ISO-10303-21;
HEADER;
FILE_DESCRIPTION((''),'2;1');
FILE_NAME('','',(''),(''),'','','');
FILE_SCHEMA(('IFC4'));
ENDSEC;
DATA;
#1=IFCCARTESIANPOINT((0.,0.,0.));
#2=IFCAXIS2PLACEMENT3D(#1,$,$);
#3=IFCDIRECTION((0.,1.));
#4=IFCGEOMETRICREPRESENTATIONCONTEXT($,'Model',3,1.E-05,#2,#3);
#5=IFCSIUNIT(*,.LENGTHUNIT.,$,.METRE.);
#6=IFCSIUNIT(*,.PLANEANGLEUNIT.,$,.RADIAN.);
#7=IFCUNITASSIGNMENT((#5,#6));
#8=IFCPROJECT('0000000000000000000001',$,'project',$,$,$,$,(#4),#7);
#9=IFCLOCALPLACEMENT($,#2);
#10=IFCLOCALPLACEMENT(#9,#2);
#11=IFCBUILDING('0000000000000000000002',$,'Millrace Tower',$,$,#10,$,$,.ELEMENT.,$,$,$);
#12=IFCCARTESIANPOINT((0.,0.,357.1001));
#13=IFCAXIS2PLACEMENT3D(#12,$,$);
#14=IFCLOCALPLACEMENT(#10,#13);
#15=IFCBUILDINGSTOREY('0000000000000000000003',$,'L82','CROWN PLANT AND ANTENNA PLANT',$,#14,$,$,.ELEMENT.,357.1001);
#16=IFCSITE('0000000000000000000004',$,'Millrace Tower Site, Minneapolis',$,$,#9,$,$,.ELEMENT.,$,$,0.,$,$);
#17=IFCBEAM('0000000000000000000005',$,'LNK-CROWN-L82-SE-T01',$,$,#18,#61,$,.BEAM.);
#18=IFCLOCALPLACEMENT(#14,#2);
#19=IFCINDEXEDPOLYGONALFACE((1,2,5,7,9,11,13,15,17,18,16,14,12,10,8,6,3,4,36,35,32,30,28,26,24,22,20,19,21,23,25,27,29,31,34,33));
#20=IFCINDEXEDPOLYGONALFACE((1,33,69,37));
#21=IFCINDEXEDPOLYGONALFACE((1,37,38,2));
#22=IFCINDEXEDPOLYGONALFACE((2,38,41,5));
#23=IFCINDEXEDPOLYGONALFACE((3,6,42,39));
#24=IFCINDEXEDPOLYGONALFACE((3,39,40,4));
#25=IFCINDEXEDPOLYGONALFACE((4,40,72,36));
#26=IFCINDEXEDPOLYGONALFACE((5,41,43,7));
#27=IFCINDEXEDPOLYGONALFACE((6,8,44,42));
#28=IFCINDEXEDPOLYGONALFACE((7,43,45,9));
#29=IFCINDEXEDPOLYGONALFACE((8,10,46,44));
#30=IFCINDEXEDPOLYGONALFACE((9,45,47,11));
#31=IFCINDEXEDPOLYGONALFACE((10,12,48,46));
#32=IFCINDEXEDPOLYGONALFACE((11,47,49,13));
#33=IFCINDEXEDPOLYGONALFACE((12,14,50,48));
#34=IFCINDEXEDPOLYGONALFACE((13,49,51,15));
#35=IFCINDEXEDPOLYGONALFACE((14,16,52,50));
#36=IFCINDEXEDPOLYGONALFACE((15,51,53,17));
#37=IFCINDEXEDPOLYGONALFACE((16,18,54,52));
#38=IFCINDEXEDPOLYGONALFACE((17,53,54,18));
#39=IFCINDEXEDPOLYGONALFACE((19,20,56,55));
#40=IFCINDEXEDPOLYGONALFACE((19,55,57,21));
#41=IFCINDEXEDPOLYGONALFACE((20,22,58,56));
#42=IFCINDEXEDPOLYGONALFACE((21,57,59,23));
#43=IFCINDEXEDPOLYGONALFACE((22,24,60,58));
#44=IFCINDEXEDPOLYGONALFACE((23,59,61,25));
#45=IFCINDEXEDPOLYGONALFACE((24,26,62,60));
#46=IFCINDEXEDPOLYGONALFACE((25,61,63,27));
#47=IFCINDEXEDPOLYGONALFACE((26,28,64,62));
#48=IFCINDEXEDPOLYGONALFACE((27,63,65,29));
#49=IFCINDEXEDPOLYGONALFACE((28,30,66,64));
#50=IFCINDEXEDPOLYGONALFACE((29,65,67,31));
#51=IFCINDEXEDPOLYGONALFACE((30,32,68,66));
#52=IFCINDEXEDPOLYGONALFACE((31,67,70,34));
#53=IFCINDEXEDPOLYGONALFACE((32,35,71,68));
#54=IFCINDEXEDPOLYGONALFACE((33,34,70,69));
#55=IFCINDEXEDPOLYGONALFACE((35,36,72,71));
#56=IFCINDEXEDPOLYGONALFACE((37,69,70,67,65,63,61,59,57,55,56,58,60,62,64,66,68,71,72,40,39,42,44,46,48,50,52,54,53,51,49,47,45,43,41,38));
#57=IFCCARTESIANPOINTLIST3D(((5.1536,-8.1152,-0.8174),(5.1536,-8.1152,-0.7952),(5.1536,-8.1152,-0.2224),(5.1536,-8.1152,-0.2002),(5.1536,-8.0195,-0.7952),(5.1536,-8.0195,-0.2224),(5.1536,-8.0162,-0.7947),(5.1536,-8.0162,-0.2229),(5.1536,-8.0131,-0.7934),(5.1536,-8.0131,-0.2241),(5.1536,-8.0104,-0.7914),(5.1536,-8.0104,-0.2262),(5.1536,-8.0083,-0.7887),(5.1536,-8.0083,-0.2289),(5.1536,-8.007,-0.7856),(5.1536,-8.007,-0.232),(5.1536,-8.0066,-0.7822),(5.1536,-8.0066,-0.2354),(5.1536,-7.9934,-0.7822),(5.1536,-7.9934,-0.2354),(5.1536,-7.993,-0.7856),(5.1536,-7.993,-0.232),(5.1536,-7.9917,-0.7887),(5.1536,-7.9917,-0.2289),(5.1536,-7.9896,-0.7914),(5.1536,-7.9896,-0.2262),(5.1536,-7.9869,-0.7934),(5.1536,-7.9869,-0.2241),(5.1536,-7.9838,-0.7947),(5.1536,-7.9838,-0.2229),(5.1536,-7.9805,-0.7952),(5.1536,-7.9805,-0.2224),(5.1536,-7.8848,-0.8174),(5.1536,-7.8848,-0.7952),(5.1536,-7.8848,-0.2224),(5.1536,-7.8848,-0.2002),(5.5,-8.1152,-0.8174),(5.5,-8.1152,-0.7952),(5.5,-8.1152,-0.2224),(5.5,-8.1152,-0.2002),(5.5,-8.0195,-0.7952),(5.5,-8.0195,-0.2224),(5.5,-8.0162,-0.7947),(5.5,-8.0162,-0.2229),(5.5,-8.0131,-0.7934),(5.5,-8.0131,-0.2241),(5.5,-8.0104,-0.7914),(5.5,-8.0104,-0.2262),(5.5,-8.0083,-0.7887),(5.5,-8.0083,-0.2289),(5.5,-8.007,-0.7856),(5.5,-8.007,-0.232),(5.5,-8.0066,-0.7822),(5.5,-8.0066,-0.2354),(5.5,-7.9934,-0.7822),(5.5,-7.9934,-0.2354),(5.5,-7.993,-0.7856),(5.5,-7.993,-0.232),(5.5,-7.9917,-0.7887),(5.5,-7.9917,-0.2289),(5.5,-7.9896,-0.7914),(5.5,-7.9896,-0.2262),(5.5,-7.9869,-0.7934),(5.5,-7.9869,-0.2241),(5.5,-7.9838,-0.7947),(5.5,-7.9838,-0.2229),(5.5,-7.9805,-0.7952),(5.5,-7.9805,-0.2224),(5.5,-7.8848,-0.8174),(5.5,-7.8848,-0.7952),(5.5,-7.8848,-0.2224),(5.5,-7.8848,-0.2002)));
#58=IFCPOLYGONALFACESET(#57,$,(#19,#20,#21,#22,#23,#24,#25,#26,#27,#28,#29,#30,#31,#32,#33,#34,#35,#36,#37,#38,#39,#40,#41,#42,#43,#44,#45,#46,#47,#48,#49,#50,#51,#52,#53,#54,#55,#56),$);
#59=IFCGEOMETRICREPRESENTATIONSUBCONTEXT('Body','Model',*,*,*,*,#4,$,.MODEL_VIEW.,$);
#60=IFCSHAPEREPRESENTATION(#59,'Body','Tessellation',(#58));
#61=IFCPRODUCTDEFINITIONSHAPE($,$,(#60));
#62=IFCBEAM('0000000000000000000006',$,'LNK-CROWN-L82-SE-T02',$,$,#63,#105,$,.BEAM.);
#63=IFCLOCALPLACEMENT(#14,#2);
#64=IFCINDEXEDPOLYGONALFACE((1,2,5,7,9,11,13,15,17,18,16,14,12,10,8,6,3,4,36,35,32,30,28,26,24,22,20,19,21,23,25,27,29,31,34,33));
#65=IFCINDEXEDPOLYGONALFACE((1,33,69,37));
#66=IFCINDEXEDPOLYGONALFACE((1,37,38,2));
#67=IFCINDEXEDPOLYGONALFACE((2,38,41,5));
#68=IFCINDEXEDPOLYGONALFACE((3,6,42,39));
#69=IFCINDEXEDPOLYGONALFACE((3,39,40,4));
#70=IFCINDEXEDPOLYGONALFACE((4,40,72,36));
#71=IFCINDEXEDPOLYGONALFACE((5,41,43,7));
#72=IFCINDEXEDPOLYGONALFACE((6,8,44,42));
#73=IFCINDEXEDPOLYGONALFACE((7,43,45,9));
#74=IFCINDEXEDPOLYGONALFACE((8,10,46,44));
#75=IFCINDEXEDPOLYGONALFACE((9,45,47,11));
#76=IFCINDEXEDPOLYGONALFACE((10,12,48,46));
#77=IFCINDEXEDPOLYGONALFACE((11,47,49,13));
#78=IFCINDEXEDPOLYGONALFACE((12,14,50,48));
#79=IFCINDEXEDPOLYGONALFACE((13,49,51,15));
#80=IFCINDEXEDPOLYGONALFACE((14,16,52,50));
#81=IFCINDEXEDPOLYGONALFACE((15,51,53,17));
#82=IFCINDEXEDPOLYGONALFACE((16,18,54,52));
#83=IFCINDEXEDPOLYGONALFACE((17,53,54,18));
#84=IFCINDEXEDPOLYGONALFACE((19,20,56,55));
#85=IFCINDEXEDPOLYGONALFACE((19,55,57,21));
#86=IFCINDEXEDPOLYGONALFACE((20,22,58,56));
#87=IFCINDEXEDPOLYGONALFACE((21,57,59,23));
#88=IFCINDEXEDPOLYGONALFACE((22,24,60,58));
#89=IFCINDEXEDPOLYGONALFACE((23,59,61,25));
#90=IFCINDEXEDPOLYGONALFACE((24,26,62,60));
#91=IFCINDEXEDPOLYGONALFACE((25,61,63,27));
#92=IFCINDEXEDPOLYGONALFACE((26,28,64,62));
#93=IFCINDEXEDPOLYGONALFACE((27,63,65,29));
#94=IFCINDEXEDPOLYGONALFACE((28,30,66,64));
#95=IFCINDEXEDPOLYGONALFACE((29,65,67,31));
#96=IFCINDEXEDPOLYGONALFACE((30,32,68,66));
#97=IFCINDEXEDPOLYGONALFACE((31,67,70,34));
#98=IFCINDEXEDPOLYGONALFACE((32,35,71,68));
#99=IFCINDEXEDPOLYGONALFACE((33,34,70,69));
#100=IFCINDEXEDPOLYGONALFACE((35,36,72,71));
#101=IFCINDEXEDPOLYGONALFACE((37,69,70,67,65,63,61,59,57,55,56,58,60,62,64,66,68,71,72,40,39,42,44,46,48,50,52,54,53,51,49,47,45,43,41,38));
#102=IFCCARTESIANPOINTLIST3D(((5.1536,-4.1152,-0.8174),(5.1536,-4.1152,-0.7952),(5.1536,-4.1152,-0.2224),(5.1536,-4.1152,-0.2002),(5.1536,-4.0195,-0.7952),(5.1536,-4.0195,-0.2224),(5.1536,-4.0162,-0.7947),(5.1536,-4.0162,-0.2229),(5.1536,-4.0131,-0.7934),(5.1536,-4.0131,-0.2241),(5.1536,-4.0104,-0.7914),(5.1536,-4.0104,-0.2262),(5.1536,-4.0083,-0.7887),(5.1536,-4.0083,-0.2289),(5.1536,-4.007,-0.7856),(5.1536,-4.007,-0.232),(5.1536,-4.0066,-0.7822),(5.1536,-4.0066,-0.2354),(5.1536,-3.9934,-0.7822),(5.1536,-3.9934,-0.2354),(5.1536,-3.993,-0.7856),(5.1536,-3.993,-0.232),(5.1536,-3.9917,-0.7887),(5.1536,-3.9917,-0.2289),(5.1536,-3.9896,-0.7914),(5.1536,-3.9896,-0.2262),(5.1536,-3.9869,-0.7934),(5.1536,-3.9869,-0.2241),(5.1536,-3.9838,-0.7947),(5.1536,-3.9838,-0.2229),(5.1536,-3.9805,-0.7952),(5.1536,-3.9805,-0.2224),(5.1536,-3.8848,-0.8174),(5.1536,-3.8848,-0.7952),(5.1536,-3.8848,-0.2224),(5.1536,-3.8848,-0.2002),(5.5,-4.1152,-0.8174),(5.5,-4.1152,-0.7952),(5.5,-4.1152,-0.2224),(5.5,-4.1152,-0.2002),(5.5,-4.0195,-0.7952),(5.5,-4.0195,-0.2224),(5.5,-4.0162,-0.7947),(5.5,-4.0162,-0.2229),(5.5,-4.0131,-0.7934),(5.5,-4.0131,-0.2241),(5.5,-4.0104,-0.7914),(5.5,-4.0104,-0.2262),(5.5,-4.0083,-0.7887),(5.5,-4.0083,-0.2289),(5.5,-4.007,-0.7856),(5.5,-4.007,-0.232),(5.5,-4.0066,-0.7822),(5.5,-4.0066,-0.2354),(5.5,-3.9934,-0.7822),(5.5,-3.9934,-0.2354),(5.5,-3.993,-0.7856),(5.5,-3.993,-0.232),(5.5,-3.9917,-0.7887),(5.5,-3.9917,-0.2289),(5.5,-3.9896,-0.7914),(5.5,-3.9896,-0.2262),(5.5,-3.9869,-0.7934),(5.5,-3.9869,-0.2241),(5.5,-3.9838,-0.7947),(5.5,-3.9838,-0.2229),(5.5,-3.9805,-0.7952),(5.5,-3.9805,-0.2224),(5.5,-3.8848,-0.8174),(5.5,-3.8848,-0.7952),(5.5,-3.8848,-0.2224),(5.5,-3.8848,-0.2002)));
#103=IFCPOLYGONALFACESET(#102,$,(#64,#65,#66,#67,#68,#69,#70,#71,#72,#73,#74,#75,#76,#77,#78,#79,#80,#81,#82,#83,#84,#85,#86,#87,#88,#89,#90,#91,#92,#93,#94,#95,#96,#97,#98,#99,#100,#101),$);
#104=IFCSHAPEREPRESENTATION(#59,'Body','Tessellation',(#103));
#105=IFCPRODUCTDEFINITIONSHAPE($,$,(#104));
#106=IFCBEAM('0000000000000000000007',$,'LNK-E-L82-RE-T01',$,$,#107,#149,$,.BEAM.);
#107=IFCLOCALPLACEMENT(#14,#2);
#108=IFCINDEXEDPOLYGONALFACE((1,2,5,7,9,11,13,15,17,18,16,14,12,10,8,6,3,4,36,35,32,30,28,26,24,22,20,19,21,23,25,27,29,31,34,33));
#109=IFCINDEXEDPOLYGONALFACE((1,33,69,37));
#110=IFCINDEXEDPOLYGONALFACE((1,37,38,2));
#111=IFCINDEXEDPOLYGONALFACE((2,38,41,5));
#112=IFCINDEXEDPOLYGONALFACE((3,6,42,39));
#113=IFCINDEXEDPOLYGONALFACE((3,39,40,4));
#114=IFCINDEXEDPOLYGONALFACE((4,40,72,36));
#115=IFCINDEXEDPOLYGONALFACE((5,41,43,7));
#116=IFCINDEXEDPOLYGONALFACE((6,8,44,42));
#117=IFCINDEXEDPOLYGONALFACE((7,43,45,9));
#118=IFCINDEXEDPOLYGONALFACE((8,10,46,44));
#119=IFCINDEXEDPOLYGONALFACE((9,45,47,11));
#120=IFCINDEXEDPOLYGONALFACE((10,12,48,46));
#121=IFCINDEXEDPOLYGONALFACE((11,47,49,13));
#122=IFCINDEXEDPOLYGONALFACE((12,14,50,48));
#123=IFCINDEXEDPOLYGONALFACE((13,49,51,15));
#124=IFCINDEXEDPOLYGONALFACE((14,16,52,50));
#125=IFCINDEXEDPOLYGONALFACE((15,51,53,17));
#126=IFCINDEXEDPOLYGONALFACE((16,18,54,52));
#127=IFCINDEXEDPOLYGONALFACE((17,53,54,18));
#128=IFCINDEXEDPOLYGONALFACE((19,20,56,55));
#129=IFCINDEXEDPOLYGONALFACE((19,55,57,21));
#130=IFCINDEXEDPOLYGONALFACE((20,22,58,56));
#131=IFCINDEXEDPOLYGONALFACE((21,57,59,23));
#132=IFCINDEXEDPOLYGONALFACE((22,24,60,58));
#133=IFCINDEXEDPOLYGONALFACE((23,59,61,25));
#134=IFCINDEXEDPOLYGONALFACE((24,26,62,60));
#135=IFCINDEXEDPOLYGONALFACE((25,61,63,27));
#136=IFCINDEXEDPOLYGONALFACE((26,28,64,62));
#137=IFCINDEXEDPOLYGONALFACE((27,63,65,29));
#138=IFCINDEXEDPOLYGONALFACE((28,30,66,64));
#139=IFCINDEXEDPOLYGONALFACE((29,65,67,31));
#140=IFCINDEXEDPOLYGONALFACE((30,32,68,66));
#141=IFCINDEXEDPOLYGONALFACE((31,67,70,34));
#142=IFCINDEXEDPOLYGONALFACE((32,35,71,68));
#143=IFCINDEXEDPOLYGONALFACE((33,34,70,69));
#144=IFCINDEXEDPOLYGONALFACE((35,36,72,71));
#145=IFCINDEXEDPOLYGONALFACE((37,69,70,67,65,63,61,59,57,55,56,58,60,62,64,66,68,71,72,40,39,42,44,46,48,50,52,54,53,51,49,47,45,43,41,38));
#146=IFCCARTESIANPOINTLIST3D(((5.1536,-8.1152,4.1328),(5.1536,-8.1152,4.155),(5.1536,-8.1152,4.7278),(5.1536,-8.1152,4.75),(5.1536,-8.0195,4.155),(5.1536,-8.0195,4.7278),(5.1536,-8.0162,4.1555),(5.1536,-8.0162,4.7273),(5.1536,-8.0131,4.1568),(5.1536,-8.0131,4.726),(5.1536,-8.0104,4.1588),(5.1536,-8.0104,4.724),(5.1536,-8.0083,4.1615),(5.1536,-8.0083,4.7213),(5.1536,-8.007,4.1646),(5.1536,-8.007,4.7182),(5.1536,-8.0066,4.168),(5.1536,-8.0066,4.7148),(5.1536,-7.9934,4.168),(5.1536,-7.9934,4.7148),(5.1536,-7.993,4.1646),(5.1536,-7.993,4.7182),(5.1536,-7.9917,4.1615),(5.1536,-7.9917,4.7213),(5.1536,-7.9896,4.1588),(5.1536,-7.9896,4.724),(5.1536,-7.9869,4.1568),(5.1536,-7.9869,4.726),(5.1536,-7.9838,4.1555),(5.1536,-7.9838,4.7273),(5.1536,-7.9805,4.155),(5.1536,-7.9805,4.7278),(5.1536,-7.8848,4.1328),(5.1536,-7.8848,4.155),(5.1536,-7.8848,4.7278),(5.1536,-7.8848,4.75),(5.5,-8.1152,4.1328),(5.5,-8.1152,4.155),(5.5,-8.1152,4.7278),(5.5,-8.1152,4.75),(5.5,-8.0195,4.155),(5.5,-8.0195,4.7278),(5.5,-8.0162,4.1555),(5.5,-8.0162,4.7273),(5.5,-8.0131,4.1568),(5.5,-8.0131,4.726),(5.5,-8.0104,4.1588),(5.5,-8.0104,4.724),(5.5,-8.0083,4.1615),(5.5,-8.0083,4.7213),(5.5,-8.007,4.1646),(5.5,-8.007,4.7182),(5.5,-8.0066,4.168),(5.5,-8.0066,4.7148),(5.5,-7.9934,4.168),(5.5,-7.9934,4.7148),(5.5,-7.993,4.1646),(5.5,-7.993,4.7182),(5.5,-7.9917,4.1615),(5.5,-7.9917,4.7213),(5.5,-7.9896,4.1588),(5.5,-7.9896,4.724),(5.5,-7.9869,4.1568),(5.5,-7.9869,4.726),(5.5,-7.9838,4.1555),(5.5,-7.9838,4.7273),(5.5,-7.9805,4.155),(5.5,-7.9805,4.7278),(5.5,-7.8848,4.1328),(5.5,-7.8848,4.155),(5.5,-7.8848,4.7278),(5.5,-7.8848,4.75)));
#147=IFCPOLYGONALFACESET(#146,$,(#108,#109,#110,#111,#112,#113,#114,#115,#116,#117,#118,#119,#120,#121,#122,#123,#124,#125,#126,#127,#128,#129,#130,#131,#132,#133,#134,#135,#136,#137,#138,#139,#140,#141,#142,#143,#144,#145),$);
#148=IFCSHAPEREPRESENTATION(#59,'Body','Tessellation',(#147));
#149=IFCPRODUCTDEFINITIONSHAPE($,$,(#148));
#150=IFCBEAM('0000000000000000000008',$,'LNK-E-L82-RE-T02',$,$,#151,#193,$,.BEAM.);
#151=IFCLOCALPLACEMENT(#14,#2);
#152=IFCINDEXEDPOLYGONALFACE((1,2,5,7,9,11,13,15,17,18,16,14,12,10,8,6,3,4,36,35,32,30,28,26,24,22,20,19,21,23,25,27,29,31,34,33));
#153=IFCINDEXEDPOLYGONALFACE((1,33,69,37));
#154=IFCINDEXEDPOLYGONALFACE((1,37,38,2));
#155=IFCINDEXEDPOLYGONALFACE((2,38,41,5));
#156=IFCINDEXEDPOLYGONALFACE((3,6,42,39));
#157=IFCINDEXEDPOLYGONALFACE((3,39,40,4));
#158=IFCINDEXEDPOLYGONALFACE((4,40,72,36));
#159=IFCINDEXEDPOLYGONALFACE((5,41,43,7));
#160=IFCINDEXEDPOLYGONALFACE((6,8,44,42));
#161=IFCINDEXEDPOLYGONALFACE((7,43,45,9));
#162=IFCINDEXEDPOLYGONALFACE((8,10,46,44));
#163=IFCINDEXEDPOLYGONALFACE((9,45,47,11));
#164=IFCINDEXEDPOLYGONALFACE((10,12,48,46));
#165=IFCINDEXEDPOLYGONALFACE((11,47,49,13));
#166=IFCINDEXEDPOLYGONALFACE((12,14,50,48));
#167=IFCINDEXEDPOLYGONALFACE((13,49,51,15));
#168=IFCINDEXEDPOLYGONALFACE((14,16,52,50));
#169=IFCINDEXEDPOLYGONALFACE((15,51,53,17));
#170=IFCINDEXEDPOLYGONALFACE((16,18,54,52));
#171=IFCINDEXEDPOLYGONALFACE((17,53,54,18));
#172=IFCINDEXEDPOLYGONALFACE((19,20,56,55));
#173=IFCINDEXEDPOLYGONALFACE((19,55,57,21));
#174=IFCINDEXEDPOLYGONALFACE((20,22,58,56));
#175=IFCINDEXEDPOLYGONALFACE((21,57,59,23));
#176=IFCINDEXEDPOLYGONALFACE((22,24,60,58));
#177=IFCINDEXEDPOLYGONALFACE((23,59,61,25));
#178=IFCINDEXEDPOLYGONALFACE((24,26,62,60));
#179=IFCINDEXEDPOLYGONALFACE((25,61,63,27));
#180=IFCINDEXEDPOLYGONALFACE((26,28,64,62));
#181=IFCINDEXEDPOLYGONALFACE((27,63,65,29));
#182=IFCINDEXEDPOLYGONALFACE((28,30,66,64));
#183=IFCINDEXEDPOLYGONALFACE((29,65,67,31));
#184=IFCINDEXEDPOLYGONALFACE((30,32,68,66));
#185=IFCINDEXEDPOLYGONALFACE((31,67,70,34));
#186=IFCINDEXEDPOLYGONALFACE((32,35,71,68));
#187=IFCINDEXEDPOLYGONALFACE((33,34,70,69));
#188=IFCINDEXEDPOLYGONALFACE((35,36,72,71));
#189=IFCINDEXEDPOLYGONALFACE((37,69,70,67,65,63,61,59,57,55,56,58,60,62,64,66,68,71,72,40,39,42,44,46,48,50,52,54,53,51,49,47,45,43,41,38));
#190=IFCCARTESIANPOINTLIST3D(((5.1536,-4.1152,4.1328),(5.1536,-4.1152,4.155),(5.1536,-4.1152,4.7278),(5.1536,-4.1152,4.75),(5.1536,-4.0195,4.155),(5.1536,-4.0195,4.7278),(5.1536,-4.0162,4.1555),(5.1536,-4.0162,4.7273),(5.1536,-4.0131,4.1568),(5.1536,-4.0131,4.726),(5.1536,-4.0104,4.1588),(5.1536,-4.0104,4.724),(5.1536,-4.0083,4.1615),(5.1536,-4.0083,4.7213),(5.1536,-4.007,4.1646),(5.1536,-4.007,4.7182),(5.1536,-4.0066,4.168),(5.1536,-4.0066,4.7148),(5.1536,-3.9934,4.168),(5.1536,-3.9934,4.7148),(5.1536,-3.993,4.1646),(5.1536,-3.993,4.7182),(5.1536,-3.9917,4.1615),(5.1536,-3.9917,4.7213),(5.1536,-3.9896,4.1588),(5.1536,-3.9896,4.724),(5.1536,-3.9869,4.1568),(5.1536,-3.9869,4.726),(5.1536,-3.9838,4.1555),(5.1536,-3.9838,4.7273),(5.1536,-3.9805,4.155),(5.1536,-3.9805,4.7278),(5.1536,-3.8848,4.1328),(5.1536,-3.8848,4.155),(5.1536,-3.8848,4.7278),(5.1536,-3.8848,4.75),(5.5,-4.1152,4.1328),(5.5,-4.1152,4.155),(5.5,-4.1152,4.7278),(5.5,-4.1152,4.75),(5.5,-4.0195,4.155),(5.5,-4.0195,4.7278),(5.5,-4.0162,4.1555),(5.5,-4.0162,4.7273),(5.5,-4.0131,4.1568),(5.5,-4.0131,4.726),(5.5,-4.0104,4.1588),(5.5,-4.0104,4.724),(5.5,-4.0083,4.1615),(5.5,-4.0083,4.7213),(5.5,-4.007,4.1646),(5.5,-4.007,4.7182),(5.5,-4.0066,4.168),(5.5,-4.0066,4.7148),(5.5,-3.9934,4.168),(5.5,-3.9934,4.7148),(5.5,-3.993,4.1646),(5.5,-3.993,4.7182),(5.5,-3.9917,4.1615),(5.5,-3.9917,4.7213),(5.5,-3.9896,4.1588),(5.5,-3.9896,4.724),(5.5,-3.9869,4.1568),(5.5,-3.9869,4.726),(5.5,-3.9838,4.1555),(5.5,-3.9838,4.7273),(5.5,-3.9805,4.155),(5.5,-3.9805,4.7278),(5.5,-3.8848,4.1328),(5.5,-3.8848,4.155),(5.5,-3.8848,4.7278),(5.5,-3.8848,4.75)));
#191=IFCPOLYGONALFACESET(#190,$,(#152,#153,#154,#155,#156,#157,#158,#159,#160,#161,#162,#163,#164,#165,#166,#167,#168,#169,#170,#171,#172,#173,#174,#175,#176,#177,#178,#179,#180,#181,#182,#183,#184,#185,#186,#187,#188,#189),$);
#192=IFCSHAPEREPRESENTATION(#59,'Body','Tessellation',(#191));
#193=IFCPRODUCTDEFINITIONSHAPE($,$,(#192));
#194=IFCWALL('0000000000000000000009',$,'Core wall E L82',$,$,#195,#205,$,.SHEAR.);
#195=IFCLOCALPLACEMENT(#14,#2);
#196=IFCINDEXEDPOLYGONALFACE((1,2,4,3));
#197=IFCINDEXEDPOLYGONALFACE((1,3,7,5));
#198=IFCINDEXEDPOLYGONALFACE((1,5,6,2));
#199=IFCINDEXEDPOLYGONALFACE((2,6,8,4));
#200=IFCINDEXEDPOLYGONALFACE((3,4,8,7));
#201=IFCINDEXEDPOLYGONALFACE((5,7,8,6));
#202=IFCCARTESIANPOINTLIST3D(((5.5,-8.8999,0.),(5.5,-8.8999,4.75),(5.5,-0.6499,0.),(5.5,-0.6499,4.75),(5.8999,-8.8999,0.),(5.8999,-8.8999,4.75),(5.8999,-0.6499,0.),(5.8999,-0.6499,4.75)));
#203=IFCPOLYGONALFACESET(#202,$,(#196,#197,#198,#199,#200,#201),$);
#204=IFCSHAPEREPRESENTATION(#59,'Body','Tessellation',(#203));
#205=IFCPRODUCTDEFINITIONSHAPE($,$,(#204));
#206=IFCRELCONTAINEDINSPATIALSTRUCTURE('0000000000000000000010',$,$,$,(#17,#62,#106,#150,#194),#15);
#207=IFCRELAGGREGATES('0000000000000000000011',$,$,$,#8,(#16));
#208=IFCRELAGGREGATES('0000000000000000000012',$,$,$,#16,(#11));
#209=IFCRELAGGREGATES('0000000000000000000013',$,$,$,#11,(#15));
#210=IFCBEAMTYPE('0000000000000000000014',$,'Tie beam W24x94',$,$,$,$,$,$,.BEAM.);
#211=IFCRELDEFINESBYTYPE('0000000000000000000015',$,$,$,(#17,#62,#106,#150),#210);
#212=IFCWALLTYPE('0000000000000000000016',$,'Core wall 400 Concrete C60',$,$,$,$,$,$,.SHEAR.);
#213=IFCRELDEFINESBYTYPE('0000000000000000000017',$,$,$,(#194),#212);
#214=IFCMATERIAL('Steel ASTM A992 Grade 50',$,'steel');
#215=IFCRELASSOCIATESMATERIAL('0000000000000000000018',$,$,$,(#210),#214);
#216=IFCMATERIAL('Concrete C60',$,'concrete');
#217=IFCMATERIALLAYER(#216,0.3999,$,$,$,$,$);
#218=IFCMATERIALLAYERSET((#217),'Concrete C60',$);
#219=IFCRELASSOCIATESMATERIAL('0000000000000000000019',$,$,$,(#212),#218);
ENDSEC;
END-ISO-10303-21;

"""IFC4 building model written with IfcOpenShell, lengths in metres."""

from ifc_helpers import new_model, si_unit, direction, frame, frame_2d, origin, origin_2d, place, context, subcontext, project, spatial, rectangle, i_section, extrude, material, layer, layer_set, material_profile, profile_set, type_object, element, save


model = new_model("IFC4")

# Units and contexts
model_context = context("Model", 3, precision=1e-05, world=origin(), true_north=direction((0.0, 1.0)))
body_context = subcontext(model_context, "Body", "Model", "MODEL_VIEW")
ifc_project = project(units=[si_unit("LENGTHUNIT", "METRE"), si_unit("PLANEANGLEUNIT", "RADIAN")], contexts=[model_context])

# Site, building, storey
site_placement = place(None, origin())
site = spatial("IfcSite", under=ifc_project, at=site_placement, Name="Millrace Tower Site, Minneapolis", CompositionType="ELEMENT", RefElevation=0.0)
building_placement = place(site_placement, origin())
building = spatial("IfcBuilding", under=site, at=building_placement, Name="Millrace Tower", CompositionType="ELEMENT")
storey_placement = place(building_placement, frame((0.0, 0.0, 357.1001)))
storey = spatial("IfcBuildingStorey", under=building, at=storey_placement, Name="L82", Description="CROWN PLANT AND ANTENNA PLANT", CompositionType="ELEMENT", Elevation=357.1001)

# Beams
ifc_material_1 = material(Name="Steel ASTM A992 Grade 50", Category="steel")
ifc_material_profile_1 = material_profile(ifc_material_1, i_section(OverallWidth=0.2305, OverallDepth=0.6172, WebThickness=0.0132, FlangeThickness=0.0222, FilletRadius=0.0129, at=origin_2d()))
ifc_profile_set_1 = profile_set([ifc_material_profile_1], Name="Steel ASTM A992 Grade 50")
beam_type_1 = type_object("IfcBeamType", Name="Tie beam W24x94", PredefinedType="BEAM", material=ifc_profile_set_1)
for number, where, z_axis, x_axis, name in (
    (1, (5.1536, -8.0, -0.5088), (1.0, 0.0, 0.0), (0.0, 1.0, 0.0), "LNK-CROWN-L82-SE-T01"),
    (2, (5.1536, -4.0, -0.5088), (1.0, 0.0, 0.0), (0.0, 1.0, 0.0), "LNK-CROWN-L82-SE-T02"),
    (3, (5.1536, -8.0, 4.4414), (1.0, 0.0, 0.0), (0.0, 1.0, 0.0), "LNK-E-L82-RE-T01"),
    (4, (5.1536, -4.0, 4.4414), (1.0, 0.0, 0.0), (0.0, 1.0, 0.0), "LNK-E-L82-RE-T02"),
):
    element("IfcBeam", number, at=place(storey_placement, frame(where, z_axis=z_axis, x_axis=x_axis)), inside=storey, type_object=beam_type_1, Name=name, PredefinedType="BEAM", context=body_context, shape_type="SweptSolid", body=[
        extrude(i_section(OverallWidth=0.2305, OverallDepth=0.6172, WebThickness=0.0132, FlangeThickness=0.0222, FilletRadius=0.0129, at=origin_2d()), origin(), (0.0, 0.0, 1.0), 0.3464),
    ])

# Wall
ifc_material_2 = material(Name="Concrete C60", Category="concrete")
ifc_layer_1 = layer(ifc_material_2, 0.3999)
ifc_layer_set_1 = layer_set([ifc_layer_1], Name="Concrete C60")
wall_type_1 = type_object("IfcWallType", Name="Core wall 400 Concrete C60", PredefinedType="SHEAR", material=ifc_layer_set_1)
wall_1_placement = place(storey_placement, frame((5.7, -0.6499, 0.0), z_axis=(0.0, 0.0, 1.0), x_axis=(0.0, -1.0, 0.0)))
element("IfcWall", 5, at=wall_1_placement, inside=storey, type_object=wall_type_1, Name="Core wall E L82", PredefinedType="SHEAR", context=body_context, shape_type="SweptSolid", body=[
    extrude(rectangle(XDim=8.25, YDim=0.3999, at=frame_2d((4.125, 0.0))), origin(), (0.0, 0.0, 1.0), 4.75),
])

save(model, "model.ifc")
